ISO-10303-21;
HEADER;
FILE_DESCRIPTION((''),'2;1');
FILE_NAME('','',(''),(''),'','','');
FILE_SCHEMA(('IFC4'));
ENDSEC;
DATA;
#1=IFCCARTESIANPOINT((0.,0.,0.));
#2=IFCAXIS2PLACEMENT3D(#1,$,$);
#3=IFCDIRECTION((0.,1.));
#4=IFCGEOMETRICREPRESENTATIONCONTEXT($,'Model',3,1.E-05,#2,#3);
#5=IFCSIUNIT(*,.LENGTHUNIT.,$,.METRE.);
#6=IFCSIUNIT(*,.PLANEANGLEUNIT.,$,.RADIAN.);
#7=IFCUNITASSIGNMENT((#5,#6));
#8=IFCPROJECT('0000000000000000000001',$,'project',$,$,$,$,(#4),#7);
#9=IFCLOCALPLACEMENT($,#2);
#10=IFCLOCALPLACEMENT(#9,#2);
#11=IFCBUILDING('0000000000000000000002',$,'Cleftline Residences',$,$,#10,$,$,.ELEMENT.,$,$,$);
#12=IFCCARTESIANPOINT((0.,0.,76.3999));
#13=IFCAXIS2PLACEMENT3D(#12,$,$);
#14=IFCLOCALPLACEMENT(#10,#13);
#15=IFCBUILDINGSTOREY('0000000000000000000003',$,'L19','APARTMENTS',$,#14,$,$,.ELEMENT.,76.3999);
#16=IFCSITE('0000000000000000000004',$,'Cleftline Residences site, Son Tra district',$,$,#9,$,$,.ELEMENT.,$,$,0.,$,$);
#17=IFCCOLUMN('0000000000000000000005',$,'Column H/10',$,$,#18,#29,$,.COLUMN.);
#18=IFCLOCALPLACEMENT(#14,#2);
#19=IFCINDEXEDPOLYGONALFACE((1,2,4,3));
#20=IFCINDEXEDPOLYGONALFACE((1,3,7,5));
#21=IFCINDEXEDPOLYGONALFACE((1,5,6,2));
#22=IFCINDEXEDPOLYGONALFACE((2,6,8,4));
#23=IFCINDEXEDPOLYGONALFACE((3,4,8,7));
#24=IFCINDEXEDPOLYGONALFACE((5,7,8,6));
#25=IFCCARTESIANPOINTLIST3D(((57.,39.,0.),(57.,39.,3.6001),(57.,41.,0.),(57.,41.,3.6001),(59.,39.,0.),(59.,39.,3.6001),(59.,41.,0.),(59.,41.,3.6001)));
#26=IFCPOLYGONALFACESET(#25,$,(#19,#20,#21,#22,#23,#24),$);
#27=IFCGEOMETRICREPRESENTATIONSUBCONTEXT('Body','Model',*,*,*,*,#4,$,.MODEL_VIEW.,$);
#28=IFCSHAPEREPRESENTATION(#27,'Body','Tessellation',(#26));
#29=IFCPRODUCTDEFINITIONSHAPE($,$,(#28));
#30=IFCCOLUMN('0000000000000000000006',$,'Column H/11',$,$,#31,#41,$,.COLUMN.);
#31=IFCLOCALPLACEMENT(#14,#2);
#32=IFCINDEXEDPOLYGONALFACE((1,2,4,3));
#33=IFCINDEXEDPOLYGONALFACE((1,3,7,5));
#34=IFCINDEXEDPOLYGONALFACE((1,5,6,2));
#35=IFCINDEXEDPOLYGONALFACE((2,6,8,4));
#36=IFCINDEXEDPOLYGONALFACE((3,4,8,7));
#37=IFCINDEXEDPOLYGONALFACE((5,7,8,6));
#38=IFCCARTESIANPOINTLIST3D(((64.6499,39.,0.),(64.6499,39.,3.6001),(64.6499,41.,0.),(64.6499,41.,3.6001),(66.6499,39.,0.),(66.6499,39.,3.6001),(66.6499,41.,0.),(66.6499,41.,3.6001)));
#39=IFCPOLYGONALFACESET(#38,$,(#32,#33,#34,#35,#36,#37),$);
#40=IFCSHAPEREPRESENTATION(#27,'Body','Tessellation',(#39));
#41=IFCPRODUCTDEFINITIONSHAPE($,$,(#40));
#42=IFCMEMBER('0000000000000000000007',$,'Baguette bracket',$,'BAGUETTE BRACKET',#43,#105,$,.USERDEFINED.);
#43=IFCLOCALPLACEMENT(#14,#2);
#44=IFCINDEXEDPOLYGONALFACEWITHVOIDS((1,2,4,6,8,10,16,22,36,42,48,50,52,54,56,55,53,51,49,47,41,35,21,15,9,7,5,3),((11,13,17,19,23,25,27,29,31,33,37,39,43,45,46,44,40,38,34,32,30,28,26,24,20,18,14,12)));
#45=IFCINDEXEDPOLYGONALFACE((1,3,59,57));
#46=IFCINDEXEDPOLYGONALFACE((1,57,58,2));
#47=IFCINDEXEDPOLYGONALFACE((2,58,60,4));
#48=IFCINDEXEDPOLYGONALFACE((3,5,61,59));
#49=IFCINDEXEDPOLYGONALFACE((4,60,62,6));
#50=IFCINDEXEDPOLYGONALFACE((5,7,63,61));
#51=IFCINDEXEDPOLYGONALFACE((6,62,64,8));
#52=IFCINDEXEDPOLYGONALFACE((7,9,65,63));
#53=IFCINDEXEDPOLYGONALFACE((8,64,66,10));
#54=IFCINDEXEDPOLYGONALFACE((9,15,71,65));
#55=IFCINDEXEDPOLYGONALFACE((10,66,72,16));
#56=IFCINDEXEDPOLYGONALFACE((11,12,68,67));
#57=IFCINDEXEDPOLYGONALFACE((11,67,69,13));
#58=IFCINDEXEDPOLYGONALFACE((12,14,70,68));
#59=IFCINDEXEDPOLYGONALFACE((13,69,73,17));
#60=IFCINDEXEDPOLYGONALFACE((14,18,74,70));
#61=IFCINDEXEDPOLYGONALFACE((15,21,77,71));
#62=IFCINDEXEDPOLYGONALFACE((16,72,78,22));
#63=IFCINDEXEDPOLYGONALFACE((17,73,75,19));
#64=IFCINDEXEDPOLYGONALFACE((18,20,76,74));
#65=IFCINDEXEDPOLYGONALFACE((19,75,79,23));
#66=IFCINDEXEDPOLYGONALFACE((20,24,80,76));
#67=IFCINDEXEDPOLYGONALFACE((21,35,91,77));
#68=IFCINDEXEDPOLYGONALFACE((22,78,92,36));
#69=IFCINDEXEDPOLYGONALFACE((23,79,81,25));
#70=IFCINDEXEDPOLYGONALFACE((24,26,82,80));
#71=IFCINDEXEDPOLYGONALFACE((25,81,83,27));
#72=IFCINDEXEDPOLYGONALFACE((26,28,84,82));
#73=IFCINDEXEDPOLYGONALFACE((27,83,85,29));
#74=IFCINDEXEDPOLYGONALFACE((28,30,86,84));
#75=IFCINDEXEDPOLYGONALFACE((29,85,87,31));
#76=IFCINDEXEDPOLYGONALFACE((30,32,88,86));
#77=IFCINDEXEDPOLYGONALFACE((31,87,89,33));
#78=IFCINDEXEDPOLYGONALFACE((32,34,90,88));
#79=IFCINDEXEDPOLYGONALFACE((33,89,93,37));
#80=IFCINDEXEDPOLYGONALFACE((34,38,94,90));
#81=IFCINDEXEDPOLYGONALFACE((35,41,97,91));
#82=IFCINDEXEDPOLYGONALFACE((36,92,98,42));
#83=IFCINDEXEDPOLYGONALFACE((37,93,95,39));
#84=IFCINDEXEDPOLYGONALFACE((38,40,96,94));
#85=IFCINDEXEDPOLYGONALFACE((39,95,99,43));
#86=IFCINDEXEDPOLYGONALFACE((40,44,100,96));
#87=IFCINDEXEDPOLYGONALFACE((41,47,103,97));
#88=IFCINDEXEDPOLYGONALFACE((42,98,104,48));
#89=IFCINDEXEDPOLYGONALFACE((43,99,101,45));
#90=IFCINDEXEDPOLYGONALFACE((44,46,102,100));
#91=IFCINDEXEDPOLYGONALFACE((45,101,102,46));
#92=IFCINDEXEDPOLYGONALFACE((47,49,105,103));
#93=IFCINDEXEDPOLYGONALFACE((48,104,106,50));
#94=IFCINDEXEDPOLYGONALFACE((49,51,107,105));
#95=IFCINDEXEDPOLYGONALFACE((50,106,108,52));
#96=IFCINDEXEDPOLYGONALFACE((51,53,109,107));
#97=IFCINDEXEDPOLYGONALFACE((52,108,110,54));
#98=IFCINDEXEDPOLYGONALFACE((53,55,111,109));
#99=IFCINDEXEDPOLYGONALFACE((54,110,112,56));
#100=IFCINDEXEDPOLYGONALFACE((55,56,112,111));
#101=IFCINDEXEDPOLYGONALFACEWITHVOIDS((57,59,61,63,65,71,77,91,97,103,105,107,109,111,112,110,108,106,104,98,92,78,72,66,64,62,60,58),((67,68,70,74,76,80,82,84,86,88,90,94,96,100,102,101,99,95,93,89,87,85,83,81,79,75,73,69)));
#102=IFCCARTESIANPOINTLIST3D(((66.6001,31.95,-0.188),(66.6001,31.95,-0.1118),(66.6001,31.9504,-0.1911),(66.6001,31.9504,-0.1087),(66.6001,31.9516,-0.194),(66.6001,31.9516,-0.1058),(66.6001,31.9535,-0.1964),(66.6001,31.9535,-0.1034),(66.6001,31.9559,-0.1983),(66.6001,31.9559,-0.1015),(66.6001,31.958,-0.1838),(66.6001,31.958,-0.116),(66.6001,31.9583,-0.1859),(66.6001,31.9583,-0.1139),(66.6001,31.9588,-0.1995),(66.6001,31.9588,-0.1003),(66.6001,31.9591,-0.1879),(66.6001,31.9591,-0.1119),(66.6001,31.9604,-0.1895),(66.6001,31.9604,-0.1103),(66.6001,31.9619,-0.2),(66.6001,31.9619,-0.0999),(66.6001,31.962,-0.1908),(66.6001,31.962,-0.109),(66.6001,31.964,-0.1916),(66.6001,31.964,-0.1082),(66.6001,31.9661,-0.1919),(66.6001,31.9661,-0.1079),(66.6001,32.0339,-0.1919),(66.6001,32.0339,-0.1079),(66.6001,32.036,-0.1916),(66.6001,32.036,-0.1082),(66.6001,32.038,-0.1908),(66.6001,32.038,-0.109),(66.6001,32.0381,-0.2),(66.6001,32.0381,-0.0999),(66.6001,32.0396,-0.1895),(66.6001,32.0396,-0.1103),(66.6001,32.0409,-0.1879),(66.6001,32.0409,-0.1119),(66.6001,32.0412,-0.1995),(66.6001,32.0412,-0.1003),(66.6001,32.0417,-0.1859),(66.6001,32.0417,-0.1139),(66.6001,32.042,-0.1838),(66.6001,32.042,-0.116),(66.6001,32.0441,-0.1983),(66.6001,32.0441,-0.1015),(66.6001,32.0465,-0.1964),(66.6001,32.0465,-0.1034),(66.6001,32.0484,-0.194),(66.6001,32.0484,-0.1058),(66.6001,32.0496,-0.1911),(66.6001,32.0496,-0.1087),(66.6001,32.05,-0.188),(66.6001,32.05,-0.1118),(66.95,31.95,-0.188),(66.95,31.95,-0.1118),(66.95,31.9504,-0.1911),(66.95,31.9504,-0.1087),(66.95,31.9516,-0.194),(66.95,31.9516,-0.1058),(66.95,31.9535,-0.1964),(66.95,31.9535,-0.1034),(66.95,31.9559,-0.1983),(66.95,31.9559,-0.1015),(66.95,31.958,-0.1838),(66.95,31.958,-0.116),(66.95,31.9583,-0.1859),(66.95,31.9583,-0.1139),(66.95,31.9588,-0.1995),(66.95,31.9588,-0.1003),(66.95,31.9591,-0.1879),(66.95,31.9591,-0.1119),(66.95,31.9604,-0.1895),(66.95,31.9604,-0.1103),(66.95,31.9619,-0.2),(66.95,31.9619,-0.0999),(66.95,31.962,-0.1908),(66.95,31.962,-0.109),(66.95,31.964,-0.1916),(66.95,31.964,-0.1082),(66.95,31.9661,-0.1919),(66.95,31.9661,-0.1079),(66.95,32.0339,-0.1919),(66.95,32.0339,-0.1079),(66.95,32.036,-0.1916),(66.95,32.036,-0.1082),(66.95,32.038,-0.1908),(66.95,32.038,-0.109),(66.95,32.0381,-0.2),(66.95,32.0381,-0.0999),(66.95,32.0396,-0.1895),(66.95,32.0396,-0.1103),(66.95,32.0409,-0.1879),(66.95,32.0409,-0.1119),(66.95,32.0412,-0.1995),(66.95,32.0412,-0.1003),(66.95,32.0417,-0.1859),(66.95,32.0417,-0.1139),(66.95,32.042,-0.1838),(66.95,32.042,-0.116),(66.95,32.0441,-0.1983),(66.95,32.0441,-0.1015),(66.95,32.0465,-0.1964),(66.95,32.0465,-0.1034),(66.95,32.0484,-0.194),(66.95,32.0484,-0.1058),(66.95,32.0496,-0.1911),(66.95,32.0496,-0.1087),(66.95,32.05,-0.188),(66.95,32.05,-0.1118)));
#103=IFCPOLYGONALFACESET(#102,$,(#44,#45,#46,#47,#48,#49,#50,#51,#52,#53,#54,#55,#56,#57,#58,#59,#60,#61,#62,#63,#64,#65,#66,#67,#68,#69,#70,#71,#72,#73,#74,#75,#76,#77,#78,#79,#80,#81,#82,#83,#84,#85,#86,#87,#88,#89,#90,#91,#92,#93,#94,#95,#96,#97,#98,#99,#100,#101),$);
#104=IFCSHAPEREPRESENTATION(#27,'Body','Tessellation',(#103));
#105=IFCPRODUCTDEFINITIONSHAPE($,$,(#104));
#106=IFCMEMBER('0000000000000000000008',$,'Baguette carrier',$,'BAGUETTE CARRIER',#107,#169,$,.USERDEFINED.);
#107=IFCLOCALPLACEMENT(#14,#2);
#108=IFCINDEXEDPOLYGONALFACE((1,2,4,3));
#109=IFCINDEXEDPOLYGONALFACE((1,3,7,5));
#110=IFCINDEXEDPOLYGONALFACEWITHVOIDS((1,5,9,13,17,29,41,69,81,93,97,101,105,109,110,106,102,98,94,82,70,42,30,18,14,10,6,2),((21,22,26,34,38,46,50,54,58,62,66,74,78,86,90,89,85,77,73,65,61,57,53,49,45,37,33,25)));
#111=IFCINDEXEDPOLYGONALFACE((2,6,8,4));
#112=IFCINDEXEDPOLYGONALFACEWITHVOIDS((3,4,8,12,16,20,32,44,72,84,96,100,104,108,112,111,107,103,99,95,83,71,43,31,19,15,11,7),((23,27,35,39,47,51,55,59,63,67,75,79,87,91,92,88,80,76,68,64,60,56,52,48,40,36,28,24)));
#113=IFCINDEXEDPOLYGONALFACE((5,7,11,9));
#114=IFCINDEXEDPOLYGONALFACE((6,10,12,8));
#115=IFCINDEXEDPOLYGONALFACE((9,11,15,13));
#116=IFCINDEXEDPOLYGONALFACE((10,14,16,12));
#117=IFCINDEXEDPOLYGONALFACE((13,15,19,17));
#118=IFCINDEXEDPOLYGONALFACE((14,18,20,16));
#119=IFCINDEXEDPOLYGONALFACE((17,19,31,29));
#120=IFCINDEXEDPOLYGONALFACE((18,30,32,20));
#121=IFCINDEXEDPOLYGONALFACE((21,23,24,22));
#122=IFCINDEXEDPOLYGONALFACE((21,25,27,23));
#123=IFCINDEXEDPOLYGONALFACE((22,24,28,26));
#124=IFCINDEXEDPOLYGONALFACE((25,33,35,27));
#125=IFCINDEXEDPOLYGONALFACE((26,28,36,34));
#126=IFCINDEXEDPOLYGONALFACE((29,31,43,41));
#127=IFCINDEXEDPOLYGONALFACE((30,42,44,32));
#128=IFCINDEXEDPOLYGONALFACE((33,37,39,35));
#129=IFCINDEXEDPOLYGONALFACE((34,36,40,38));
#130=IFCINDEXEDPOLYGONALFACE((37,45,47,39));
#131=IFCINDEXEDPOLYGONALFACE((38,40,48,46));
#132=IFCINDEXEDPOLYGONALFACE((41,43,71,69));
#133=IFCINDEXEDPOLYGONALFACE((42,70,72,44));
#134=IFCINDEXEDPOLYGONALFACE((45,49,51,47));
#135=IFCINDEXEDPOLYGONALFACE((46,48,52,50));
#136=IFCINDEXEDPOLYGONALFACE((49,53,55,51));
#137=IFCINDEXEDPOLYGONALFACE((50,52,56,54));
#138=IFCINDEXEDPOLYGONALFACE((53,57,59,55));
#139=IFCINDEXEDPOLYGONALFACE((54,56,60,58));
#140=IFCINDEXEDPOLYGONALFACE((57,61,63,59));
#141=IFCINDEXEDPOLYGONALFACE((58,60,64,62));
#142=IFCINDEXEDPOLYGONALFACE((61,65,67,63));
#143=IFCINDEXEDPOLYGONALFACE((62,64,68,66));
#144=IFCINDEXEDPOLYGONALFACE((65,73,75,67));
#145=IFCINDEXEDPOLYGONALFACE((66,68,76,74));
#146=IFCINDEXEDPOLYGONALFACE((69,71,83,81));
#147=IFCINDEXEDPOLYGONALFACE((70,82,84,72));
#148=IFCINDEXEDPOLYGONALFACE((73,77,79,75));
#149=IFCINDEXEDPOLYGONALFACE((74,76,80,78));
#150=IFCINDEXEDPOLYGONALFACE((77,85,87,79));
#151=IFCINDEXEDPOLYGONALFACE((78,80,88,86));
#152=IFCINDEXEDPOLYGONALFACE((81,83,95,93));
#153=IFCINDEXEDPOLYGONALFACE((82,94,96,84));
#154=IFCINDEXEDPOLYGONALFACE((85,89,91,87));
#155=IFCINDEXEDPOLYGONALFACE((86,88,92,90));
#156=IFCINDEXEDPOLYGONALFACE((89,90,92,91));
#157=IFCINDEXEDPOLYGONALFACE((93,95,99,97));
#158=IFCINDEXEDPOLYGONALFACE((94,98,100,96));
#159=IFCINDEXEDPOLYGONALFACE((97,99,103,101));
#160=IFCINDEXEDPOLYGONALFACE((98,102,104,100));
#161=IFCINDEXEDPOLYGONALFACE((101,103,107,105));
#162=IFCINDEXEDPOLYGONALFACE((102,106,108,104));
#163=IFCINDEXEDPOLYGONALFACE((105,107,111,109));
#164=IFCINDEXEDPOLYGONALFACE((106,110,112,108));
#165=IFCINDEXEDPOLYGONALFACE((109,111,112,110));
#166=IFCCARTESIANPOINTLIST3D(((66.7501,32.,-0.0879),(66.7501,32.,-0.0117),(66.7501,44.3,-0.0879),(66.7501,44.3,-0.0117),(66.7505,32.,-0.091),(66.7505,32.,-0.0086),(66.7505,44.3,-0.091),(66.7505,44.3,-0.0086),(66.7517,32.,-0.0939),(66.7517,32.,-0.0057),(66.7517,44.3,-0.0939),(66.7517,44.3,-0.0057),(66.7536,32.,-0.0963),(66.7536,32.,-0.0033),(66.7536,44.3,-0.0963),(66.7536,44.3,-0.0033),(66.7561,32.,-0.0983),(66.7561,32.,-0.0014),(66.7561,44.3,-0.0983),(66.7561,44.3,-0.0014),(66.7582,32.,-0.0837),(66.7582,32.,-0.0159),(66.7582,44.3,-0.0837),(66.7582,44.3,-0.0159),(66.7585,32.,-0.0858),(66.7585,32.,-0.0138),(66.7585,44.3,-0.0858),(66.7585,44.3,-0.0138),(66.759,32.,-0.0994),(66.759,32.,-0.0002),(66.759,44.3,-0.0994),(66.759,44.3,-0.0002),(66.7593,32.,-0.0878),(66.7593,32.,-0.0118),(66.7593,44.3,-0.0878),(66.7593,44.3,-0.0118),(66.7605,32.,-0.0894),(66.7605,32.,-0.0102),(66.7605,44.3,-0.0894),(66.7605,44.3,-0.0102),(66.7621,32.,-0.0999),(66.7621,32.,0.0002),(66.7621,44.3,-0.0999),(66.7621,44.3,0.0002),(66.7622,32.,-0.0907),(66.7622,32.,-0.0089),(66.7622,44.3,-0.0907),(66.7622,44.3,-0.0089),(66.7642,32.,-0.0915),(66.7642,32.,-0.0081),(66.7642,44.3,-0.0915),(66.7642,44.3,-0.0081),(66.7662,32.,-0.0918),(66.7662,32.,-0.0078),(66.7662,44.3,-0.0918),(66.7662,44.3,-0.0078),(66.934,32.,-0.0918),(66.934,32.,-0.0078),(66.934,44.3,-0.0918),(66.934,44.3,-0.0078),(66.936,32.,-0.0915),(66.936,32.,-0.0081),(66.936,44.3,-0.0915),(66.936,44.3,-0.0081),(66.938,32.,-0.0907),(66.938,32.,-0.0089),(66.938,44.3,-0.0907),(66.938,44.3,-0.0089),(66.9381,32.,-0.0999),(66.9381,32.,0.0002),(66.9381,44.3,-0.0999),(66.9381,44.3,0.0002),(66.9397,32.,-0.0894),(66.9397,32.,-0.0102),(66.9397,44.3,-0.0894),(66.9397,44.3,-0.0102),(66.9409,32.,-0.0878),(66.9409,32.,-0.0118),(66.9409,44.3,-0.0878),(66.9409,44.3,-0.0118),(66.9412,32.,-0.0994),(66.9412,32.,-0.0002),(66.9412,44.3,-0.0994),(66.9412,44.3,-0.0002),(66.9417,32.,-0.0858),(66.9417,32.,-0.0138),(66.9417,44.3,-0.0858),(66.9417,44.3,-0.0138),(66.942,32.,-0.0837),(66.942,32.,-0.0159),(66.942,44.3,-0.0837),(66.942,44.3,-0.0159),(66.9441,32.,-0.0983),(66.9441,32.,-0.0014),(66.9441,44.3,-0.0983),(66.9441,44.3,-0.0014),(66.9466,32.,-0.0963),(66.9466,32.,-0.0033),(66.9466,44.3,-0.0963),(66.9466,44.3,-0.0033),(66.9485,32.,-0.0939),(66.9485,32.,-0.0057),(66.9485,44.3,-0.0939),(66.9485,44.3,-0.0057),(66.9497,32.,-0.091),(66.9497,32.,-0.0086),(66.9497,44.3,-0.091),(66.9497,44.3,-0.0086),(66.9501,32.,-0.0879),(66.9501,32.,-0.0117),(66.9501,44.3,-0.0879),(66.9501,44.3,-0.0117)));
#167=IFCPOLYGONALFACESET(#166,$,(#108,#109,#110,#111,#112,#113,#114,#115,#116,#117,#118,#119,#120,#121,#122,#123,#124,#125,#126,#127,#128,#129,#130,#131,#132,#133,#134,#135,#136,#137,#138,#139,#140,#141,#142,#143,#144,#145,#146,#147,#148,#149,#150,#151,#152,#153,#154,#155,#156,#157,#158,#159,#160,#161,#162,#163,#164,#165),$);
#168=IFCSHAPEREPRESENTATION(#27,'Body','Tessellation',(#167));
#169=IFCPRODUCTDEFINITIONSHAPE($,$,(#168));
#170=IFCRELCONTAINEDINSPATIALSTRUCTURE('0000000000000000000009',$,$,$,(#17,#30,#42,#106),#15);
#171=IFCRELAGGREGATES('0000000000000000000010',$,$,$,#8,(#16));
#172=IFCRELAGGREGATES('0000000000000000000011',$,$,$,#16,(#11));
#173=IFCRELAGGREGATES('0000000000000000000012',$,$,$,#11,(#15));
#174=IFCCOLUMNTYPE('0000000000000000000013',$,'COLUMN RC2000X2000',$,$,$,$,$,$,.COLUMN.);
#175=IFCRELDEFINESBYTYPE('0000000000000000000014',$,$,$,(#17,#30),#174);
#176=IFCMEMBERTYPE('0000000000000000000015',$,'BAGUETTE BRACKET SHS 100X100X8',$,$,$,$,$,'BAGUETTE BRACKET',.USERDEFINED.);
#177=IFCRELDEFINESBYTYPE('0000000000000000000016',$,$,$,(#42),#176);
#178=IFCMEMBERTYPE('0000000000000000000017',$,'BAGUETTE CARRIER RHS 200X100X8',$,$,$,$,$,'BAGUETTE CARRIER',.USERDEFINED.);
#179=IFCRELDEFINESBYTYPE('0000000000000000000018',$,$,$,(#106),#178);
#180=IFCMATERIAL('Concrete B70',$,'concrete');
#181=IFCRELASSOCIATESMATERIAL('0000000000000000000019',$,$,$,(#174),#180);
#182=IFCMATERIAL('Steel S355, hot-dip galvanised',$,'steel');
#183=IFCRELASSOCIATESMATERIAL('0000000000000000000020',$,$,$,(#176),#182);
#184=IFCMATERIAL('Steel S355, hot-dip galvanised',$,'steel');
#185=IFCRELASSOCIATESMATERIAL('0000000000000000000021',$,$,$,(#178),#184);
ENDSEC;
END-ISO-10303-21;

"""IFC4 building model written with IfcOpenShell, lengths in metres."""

from ifc_helpers import new_model, si_unit, direction, frame, origin, origin_2d, place, context, subcontext, project, spatial, rectangle, hollow_rectangle, extrude, material, material_profile, profile_set, type_object, element, save


model = new_model("IFC4")

# Units and contexts
model_context = context("Model", 3, precision=1e-05, world=origin(), true_north=direction((0.0, 1.0)))
body_context = subcontext(model_context, "Body", "Model", "MODEL_VIEW")
ifc_project = project(units=[si_unit("LENGTHUNIT", "METRE"), si_unit("PLANEANGLEUNIT", "RADIAN")], contexts=[model_context])

# Site, building, storey
site_placement = place(None, origin())
site = spatial("IfcSite", under=ifc_project, at=site_placement, Name="Cleftline Residences site, Son Tra district", CompositionType="ELEMENT", RefElevation=0.0)
building_placement = place(site_placement, origin())
building = spatial("IfcBuilding", under=site, at=building_placement, Name="Cleftline Residences", CompositionType="ELEMENT")
storey_placement = place(building_placement, frame((0.0, 0.0, 76.3999)))
storey = spatial("IfcBuildingStorey", under=building, at=storey_placement, Name="L19", Description="APARTMENTS", CompositionType="ELEMENT", Elevation=76.3999)

# Columns
ifc_material_1 = material(Name="Concrete B70", Category="concrete")
ifc_material_profile_1 = material_profile(ifc_material_1, rectangle(XDim=2.0, YDim=2.0, at=origin_2d()))
ifc_profile_set_1 = profile_set([ifc_material_profile_1], Name="Concrete B70")
column_type = type_object("IfcColumnType", Name="COLUMN RC2000X2000", PredefinedType="COLUMN", material=ifc_profile_set_1)
for number, where, z_axis, x_axis, name in (
    (1, (58.0, 40.0, 0.0), (0.0, 0.0, 1.0), (1.0, 0.0, 0.0), "Column H/10"),
    (2, (65.6499, 40.0, 0.0), (0.0, 0.0, 1.0), (1.0, 0.0, 0.0), "Column H/11"),
):
    element("IfcColumn", number, at=place(storey_placement, frame(where, z_axis=z_axis, x_axis=x_axis)), inside=storey, type_object=column_type, Name=name, PredefinedType="COLUMN", context=body_context, shape_type="SweptSolid", body=[
        extrude(rectangle(XDim=2.0, YDim=2.0, at=origin_2d()), origin(), (0.0, 0.0, 1.0), 3.6001),
    ])

# Members
ifc_material_2 = material(Name="Steel S355, hot-dip galvanised", Category="steel")
ifc_material_profile_2 = material_profile(ifc_material_2, hollow_rectangle(XDim=0.1001, YDim=0.1001, WallThickness=0.0081, InnerFilletRadius=0.0081, OuterFilletRadius=0.012, at=origin_2d()))
ifc_profile_set_2 = profile_set([ifc_material_profile_2], Name="Steel S355, hot-dip galvanised")
member_type_1 = type_object("IfcMemberType", Name="BAGUETTE BRACKET SHS 100X100X8", ElementType="BAGUETTE BRACKET", PredefinedType="USERDEFINED", material=ifc_profile_set_2)
member_1_placement = place(storey_placement, frame((66.6001, 32.0, -0.1499), z_axis=(1.0, 0.0, 0.0), x_axis=(0.0, 1.0, 0.0)))
element("IfcMember", 3, at=member_1_placement, inside=storey, type_object=member_type_1, Name="Baguette bracket", ObjectType="BAGUETTE BRACKET", PredefinedType="USERDEFINED", context=body_context, shape_type="SweptSolid", body=[
    extrude(hollow_rectangle(XDim=0.1001, YDim=0.1001, WallThickness=0.0081, InnerFilletRadius=0.0081, OuterFilletRadius=0.012, at=origin_2d()), origin(), (0.0, 0.0, 1.0), 0.3499),
])
ifc_material_3 = material(Name="Steel S355, hot-dip galvanised", Category="steel")
ifc_material_profile_3 = material_profile(ifc_material_3, hollow_rectangle(XDim=0.1001, YDim=0.2, WallThickness=0.0081, InnerFilletRadius=0.0081, OuterFilletRadius=0.012, at=origin_2d()))
ifc_profile_set_3 = profile_set([ifc_material_profile_3], Name="Steel S355, hot-dip galvanised")
member_type_2 = type_object("IfcMemberType", Name="BAGUETTE CARRIER RHS 200X100X8", ElementType="BAGUETTE CARRIER", PredefinedType="USERDEFINED", material=ifc_profile_set_3)
member_2_placement = place(storey_placement, frame((66.8501, 32.0, -0.0498), z_axis=(0.0, 1.0, 0.0), x_axis=(0.0, 0.0, 1.0)))
element("IfcMember", 4, at=member_2_placement, inside=storey, type_object=member_type_2, Name="Baguette carrier", ObjectType="BAGUETTE CARRIER", PredefinedType="USERDEFINED", context=body_context, shape_type="SweptSolid", body=[
    extrude(hollow_rectangle(XDim=0.1001, YDim=0.2, WallThickness=0.0081, InnerFilletRadius=0.0081, OuterFilletRadius=0.012, at=origin_2d()), origin(), (0.0, 0.0, 1.0), 12.3),
])

save(model, "model.ifc")
